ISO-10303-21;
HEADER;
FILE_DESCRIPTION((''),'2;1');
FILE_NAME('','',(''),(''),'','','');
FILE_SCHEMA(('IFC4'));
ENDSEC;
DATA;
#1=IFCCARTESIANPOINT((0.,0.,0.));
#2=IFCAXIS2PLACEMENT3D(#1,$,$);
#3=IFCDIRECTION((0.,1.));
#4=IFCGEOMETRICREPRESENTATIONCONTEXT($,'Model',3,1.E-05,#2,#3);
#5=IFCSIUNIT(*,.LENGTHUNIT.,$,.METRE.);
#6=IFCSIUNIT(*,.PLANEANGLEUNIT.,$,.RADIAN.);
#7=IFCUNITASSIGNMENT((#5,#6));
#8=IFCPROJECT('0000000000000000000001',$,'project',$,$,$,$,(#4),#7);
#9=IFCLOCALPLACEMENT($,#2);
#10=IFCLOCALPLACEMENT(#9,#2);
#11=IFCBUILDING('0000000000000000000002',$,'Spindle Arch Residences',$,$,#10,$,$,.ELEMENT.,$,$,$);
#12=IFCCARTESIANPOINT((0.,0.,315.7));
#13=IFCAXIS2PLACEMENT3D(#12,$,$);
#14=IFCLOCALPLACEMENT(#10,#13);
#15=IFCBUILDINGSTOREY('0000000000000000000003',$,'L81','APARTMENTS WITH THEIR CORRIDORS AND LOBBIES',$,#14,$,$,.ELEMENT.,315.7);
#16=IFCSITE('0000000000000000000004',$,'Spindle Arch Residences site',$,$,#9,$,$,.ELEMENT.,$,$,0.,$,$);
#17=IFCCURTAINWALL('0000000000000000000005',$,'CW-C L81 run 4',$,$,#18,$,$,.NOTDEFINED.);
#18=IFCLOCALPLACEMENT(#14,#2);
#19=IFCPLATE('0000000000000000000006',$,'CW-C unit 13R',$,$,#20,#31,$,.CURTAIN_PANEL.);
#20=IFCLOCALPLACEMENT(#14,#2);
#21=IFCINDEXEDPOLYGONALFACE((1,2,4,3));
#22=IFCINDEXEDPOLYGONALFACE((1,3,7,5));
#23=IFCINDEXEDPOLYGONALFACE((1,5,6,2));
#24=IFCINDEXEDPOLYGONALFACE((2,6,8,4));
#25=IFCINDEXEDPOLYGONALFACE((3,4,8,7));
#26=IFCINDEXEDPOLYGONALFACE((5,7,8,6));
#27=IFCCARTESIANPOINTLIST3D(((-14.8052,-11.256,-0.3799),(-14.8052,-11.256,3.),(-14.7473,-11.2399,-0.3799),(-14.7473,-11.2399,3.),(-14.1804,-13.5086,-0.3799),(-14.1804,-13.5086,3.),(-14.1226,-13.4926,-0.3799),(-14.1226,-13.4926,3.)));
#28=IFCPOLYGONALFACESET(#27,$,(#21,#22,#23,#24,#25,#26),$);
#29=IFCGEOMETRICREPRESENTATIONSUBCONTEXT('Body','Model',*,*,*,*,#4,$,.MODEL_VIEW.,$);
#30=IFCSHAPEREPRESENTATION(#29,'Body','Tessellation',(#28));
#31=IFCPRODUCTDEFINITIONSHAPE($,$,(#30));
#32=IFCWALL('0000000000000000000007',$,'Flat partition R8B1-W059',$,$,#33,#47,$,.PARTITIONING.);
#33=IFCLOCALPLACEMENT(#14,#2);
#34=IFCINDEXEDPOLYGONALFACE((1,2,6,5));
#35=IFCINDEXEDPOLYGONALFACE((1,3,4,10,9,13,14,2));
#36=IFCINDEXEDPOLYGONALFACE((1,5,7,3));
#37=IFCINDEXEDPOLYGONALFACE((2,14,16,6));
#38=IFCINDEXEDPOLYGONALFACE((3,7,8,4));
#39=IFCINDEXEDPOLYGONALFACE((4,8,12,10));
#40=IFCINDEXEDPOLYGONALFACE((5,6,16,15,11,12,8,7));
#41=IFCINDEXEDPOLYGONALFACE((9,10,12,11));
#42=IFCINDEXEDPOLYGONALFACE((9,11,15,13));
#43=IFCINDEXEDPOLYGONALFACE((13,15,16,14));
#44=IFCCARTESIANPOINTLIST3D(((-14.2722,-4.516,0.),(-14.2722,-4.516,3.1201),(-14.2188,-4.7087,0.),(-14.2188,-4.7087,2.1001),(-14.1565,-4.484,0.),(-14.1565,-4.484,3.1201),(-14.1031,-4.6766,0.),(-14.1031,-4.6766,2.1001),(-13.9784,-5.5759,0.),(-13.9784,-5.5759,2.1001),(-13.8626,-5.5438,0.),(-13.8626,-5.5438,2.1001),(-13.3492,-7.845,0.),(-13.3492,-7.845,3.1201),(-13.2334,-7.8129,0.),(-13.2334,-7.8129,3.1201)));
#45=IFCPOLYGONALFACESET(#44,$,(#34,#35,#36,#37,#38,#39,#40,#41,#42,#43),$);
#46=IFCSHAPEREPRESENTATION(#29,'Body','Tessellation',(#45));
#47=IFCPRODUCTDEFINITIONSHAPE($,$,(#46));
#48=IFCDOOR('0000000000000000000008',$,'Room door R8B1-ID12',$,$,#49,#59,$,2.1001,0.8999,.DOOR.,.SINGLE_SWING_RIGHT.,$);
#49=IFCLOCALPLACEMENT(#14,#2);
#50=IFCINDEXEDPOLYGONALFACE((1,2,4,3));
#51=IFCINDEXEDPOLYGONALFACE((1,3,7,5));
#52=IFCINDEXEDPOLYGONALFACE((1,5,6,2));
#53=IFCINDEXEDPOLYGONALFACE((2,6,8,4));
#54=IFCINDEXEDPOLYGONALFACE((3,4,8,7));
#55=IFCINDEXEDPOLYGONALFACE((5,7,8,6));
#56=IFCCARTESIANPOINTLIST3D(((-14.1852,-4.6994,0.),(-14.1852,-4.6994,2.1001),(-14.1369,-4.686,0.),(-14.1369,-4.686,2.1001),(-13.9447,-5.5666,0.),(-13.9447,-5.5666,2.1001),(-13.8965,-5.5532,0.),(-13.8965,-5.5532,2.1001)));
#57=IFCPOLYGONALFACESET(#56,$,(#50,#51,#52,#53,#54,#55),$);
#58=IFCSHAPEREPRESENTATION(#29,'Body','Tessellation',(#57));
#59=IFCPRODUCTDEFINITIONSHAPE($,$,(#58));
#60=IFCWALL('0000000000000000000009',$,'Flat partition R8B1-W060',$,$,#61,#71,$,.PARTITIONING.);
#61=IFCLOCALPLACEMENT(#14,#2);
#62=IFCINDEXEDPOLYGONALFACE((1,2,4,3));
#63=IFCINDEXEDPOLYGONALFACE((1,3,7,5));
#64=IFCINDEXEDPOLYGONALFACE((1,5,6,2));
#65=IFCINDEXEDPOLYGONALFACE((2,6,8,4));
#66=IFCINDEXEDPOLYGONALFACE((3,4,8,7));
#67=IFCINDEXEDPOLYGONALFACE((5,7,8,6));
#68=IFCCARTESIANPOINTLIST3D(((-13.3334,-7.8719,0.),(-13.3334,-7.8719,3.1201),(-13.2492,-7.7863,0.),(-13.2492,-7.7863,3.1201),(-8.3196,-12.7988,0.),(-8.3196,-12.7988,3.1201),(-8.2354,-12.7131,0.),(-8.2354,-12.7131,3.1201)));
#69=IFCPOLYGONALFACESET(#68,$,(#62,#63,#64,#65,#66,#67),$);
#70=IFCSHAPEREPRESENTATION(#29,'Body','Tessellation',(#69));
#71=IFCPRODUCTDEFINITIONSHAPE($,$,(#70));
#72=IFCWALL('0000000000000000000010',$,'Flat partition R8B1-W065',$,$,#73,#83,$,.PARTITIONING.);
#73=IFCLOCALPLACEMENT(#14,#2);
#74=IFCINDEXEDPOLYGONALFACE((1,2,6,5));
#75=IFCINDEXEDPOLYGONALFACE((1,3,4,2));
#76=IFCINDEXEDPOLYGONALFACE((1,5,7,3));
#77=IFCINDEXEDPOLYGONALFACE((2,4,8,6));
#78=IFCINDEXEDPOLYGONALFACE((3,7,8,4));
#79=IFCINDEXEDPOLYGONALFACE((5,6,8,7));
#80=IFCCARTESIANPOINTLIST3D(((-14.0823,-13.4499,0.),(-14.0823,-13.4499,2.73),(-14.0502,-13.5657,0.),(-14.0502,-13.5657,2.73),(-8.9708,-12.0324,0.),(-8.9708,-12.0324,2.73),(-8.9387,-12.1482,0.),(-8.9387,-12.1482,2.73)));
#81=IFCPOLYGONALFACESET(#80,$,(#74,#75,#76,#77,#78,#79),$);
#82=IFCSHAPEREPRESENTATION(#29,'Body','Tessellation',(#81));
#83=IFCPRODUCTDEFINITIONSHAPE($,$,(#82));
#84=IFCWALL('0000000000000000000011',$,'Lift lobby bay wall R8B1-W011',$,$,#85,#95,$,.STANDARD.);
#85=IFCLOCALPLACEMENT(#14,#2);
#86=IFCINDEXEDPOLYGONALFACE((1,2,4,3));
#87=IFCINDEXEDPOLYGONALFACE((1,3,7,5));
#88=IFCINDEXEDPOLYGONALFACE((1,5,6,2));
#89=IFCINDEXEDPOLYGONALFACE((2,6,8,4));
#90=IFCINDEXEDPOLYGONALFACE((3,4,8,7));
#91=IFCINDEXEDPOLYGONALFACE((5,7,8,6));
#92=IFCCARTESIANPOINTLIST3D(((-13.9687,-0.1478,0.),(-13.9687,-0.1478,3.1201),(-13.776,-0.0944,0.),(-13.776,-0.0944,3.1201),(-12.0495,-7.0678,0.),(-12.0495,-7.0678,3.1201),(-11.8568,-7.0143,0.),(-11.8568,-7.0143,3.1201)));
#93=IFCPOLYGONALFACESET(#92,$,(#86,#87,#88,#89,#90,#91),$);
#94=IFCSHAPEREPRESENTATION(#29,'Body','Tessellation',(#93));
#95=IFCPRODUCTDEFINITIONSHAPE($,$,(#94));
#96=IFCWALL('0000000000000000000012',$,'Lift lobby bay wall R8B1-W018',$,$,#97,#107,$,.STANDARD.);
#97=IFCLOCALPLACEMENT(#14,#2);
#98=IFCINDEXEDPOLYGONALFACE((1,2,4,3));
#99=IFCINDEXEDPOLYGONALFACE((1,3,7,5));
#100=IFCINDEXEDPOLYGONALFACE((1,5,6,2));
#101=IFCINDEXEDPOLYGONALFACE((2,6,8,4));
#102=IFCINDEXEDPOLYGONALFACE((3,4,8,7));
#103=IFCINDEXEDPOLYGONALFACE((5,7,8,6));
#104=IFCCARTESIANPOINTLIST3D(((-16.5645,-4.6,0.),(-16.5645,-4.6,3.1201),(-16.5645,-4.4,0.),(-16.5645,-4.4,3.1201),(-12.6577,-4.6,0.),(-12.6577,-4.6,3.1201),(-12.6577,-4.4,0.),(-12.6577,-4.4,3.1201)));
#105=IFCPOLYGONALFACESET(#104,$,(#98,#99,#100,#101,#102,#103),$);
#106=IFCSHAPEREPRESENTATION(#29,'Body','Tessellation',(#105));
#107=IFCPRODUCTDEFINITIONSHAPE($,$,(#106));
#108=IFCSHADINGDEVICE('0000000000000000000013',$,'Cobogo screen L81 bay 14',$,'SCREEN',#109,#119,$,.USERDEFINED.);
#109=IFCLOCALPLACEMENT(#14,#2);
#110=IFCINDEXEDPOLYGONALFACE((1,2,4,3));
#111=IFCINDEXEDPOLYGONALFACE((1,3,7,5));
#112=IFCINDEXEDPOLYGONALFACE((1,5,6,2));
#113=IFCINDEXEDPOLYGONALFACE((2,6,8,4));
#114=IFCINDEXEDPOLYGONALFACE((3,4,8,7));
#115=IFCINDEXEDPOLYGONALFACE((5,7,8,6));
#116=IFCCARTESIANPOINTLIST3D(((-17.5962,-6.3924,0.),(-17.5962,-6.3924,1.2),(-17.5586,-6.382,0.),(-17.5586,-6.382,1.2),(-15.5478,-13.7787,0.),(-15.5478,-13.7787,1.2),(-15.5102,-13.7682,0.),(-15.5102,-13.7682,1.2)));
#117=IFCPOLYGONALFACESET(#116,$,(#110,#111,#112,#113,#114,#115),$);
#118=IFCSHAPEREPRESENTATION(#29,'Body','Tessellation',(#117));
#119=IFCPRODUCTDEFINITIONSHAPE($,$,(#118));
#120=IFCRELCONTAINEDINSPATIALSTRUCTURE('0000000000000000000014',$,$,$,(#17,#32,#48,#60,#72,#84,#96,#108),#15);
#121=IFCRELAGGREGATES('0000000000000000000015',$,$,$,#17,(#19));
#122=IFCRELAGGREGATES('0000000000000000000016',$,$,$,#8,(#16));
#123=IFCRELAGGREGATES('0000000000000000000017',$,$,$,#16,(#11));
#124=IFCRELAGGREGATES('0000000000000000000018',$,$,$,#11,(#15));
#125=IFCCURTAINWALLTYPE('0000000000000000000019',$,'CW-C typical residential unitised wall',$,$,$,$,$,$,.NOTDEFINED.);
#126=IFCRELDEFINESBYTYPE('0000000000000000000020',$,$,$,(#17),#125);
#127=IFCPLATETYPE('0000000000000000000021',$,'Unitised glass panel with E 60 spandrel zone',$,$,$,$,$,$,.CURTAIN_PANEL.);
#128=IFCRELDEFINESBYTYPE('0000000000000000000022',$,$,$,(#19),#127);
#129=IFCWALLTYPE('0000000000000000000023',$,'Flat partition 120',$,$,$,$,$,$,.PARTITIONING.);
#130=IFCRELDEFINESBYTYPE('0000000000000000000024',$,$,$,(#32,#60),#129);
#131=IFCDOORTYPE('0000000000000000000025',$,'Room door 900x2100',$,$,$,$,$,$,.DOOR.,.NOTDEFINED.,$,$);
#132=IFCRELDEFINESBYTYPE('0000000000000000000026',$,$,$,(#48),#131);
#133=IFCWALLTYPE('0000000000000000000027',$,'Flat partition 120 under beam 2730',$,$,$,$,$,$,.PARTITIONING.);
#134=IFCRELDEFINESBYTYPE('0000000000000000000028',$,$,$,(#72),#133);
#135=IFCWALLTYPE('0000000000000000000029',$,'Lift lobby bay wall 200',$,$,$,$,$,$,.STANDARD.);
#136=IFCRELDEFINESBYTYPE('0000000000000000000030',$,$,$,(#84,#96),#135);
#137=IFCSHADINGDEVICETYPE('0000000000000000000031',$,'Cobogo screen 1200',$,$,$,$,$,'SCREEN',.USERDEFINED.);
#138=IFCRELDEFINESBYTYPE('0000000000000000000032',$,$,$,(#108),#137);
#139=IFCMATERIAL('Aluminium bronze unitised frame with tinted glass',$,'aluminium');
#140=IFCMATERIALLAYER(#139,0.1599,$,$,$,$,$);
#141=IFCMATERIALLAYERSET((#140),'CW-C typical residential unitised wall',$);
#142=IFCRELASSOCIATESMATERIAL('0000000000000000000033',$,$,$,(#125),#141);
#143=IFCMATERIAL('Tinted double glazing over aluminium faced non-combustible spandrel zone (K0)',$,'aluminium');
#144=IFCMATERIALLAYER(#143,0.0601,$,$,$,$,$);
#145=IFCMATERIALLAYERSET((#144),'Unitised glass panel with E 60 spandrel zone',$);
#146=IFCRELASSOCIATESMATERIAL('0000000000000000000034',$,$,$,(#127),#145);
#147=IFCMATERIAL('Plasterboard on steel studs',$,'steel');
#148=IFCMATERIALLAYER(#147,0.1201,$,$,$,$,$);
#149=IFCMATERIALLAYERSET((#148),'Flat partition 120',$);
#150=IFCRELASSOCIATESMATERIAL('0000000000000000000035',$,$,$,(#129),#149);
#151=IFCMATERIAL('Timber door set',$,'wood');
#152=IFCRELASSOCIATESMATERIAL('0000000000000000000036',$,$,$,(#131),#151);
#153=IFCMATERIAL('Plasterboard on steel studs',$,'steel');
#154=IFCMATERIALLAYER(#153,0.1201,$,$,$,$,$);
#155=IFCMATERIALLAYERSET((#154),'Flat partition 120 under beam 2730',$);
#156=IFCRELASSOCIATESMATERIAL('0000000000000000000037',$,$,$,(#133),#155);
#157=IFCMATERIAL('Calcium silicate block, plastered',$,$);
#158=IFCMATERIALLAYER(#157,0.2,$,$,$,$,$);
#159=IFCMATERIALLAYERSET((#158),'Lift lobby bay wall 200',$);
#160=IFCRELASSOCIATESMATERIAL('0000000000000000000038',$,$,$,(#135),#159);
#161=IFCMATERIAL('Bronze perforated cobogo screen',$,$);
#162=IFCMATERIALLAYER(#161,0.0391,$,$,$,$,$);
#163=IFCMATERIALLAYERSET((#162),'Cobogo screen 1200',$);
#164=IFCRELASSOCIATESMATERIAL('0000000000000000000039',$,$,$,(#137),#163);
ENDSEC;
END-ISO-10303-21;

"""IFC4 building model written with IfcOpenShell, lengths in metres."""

from ifc_helpers import new_model, si_unit, direction, frame, frame_2d, origin, origin_2d, place, context, subcontext, project, spatial, rectangle, extrude, material, layer, layer_set, type_object, element, fill, aggregate, save


model = new_model("IFC4")

# Units and contexts
model_context = context("Model", 3, precision=1e-05, world=origin(), true_north=direction((0.0, 1.0)))
body_context = subcontext(model_context, "Body", "Model", "MODEL_VIEW")
ifc_project = project(units=[si_unit("LENGTHUNIT", "METRE"), si_unit("PLANEANGLEUNIT", "RADIAN")], contexts=[model_context])

# Site, building, storey
site_placement = place(None, origin())
site = spatial("IfcSite", under=ifc_project, at=site_placement, Name="Spindle Arch Residences site", CompositionType="ELEMENT", RefElevation=0.0)
building_placement = place(site_placement, origin())
building = spatial("IfcBuilding", under=site, at=building_placement, Name="Spindle Arch Residences", CompositionType="ELEMENT")
storey_placement = place(building_placement, frame((0.0, 0.0, 315.7)))
storey = spatial("IfcBuildingStorey", under=building, at=storey_placement, Name="L81", Description="APARTMENTS WITH THEIR CORRIDORS AND LOBBIES", CompositionType="ELEMENT", Elevation=315.7)

# Curtain wall
ifc_material_1 = material(Name="Aluminium bronze unitised frame with tinted glass", Category="aluminium")
ifc_layer_1 = layer(ifc_material_1, 0.1599)
ifc_layer_set_1 = layer_set([ifc_layer_1], Name="CW-C typical residential unitised wall")
curtain_wall_type = type_object("IfcCurtainWallType", Name="CW-C typical residential unitised wall", PredefinedType="NOTDEFINED", material=ifc_layer_set_1)
curtain_wall_placement = place(storey_placement, origin())
curtain_wall = element("IfcCurtainWall", 1, at=curtain_wall_placement, inside=storey, type_object=curtain_wall_type, Name="CW-C L81 run 4", PredefinedType="NOTDEFINED")

# Plate
ifc_material_2 = material(Name="Tinted double glazing over aluminium faced non-combustible spandrel zone (K0)", Category="aluminium")
ifc_layer_2 = layer(ifc_material_2, 0.0601)
ifc_layer_set_2 = layer_set([ifc_layer_2], Name="Unitised glass panel with E 60 spandrel zone")
plate_type = type_object("IfcPlateType", Name="Unitised glass panel with E 60 spandrel zone", PredefinedType="CURTAIN_PANEL", material=ifc_layer_set_2)
plate_1_placement = place(storey_placement, frame((-14.4639, -12.3743, -0.3799), z_axis=(0.0, 0.0, 1.0), x_axis=(0.267238, -0.96363, 0.0)))
plate_1 = element("IfcPlate", 2, at=plate_1_placement, type_object=plate_type, Name="CW-C unit 13R", PredefinedType="CURTAIN_PANEL", context=body_context, shape_type="SweptSolid", body=[
    extrude(rectangle(XDim=2.3376, YDim=0.0601, at=origin_2d()), origin(), (0.0, 0.0, 1.0), 3.3799),
])
aggregate(curtain_wall, [plate_1])

# Wall, opening, door
ifc_material_3 = material(Name="Plasterboard on steel studs", Category="steel")
ifc_layer_3 = layer(ifc_material_3, 0.1201)
ifc_layer_set_3 = layer_set([ifc_layer_3], Name="Flat partition 120")
wall_type_1 = type_object("IfcWallType", Name="Flat partition 120", PredefinedType="PARTITIONING", material=ifc_layer_set_3)
wall_1_placement = place(storey_placement, frame((-14.2144, -4.5, 0.0), z_axis=(0.0, 0.0, 1.0), x_axis=(0.267199, -0.963641, 0.0)))
wall_1 = element("IfcWall", 3, at=wall_1_placement, inside=storey, type_object=wall_type_1, Name="Flat partition R8B1-W059", PredefinedType="PARTITIONING", context=body_context, shape_type="SweptSolid", body=[
    extrude(rectangle(XDim=3.4546, YDim=0.1201, at=frame_2d((1.7273, 0.0))), origin(), (0.0, 0.0, 1.0), 3.1201),
])
opening_1_placement = place(wall_1_placement, frame((0.2, 0.0, 0.0)))
opening_1 = element("IfcOpeningElement", 4, at=opening_1_placement, cuts=wall_1, PredefinedType="OPENING", context=body_context, shape_type="SweptSolid", body=[
    extrude(rectangle(XDim=0.8999, YDim=2.1001, at=frame_2d((0.45, 1.05))), frame((0.0, 0.0701, 0.0), z_axis=(0.0, -1.0, 0.0), x_axis=(1.0, 0.0, 0.0)), (0.0, 0.0, 1.0), 0.1401),
])
ifc_material_4 = material(Name="Timber door set", Category="wood")
door_type_1 = type_object("IfcDoorType", Name="Room door 900x2100", OperationType="NOTDEFINED", PredefinedType="DOOR", material=ifc_material_4)
door_1_placement = place(opening_1_placement, origin())
door_1 = element("IfcDoor", 5, at=door_1_placement, inside=storey, type_object=door_type_1, Name="Room door R8B1-ID12", OperationType="SINGLE_SWING_RIGHT", OverallHeight=2.1001, OverallWidth=0.8999, PredefinedType="DOOR", context=body_context, shape_type="SweptSolid", body=[
    extrude(rectangle(XDim=0.8999, YDim=2.1001, at=frame_2d((0.45, 1.05))), frame((0.0, 0.0249, 0.0), z_axis=(0.0, -1.0, 0.0), x_axis=(1.0, 0.0, 0.0)), (0.0, 0.0, 1.0), 0.05),
])
fill(opening_1, door_1)

# Walls
wall_2_placement = place(storey_placement, frame((-13.2913, -7.8291, 0.0), z_axis=(0.0, 0.0, 1.0), x_axis=(0.713262, -0.700897, 0.0)))
element("IfcWall", 6, at=wall_2_placement, inside=storey, type_object=wall_type_1, Name="Flat partition R8B1-W060", PredefinedType="PARTITIONING", context=body_context, shape_type="SweptSolid", body=[
    extrude(rectangle(XDim=7.0293, YDim=0.1201, at=frame_2d((3.5146, 0.0))), origin(), (0.0, 0.0, 1.0), 3.1201),
])
ifc_material_5 = material(Name="Plasterboard on steel studs", Category="steel")
ifc_layer_4 = layer(ifc_material_5, 0.1201)
ifc_layer_set_4 = layer_set([ifc_layer_4], Name="Flat partition 120 under beam 2730")
wall_type_2 = type_object("IfcWallType", Name="Flat partition 120 under beam 2730", PredefinedType="PARTITIONING", material=ifc_layer_set_4)
wall_3_placement = place(storey_placement, frame((-14.0664, -13.5078, 0.0), z_axis=(0.0, 0.0, 1.0), x_axis=(0.963635, 0.267224, 0.0)))
element("IfcWall", 7, at=wall_3_placement, inside=storey, type_object=wall_type_2, Name="Flat partition R8B1-W065", PredefinedType="PARTITIONING", context=body_context, shape_type="SweptSolid", body=[
    extrude(rectangle(XDim=5.3044, YDim=0.1201, at=frame_2d((2.6523, 0.0))), origin(), (0.0, 0.0, 1.0), 2.73),
])

# Walls
ifc_material_6 = material(Name="Calcium silicate block, plastered")
ifc_layer_5 = layer(ifc_material_6, 0.2)
ifc_layer_set_5 = layer_set([ifc_layer_5], Name="Lift lobby bay wall 200")
wall_type_3 = type_object("IfcWallType", Name="Lift lobby bay wall 200", PredefinedType="STANDARD", material=ifc_layer_set_5)
wall_4_placement = place(storey_placement, frame((-13.8723, -0.1211, 0.0), z_axis=(0.0, 0.0, 1.0), x_axis=(0.267255, -0.963626, 0.0)))
element("IfcWall", 8, at=wall_4_placement, inside=storey, type_object=wall_type_3, Name="Lift lobby bay wall R8B1-W011", PredefinedType="STANDARD", context=body_context, shape_type="SweptSolid", body=[
    extrude(rectangle(XDim=7.1812, YDim=0.2, at=frame_2d((3.5906, 0.0))), origin(), (0.0, 0.0, 1.0), 3.1201),
])
wall_5_placement = place(storey_placement, frame((-16.5645, -4.5, 0.0), z_axis=(0.0, 0.0, 1.0), x_axis=(1.0, 0.0, 0.0)))
element("IfcWall", 9, at=wall_5_placement, inside=storey, type_object=wall_type_3, Name="Lift lobby bay wall R8B1-W018", PredefinedType="STANDARD", context=body_context, shape_type="SweptSolid", body=[
    extrude(rectangle(XDim=3.9067, YDim=0.2, at=frame_2d((1.9534, 0.0))), origin(), (0.0, 0.0, 1.0), 3.1201),
])

# Shading device
ifc_material_7 = material(Name="Bronze perforated cobogo screen")
ifc_layer_6 = layer(ifc_material_7, 0.0391)
ifc_layer_set_6 = layer_set([ifc_layer_6], Name="Cobogo screen 1200")
shading_device_type = type_object("IfcShadingDeviceType", Name="Cobogo screen 1200", ElementType="SCREEN", PredefinedType="USERDEFINED", material=ifc_layer_set_6)
shading_device_placement = place(storey_placement, frame((-16.5532, -10.0803, 0.0), z_axis=(0.0, 0.0, 1.0), x_axis=(0.267238, -0.96363, 0.0)))
element("IfcShadingDevice", 10, at=shading_device_placement, inside=storey, type_object=shading_device_type, Name="Cobogo screen L81 bay 14", ObjectType="SCREEN", PredefinedType="USERDEFINED", context=body_context, shape_type="SweptSolid", body=[
    extrude(rectangle(XDim=7.665, YDim=0.0391, at=origin_2d()), origin(), (0.0, 0.0, 1.0), 1.2),
])

save(model, "model.ifc")
